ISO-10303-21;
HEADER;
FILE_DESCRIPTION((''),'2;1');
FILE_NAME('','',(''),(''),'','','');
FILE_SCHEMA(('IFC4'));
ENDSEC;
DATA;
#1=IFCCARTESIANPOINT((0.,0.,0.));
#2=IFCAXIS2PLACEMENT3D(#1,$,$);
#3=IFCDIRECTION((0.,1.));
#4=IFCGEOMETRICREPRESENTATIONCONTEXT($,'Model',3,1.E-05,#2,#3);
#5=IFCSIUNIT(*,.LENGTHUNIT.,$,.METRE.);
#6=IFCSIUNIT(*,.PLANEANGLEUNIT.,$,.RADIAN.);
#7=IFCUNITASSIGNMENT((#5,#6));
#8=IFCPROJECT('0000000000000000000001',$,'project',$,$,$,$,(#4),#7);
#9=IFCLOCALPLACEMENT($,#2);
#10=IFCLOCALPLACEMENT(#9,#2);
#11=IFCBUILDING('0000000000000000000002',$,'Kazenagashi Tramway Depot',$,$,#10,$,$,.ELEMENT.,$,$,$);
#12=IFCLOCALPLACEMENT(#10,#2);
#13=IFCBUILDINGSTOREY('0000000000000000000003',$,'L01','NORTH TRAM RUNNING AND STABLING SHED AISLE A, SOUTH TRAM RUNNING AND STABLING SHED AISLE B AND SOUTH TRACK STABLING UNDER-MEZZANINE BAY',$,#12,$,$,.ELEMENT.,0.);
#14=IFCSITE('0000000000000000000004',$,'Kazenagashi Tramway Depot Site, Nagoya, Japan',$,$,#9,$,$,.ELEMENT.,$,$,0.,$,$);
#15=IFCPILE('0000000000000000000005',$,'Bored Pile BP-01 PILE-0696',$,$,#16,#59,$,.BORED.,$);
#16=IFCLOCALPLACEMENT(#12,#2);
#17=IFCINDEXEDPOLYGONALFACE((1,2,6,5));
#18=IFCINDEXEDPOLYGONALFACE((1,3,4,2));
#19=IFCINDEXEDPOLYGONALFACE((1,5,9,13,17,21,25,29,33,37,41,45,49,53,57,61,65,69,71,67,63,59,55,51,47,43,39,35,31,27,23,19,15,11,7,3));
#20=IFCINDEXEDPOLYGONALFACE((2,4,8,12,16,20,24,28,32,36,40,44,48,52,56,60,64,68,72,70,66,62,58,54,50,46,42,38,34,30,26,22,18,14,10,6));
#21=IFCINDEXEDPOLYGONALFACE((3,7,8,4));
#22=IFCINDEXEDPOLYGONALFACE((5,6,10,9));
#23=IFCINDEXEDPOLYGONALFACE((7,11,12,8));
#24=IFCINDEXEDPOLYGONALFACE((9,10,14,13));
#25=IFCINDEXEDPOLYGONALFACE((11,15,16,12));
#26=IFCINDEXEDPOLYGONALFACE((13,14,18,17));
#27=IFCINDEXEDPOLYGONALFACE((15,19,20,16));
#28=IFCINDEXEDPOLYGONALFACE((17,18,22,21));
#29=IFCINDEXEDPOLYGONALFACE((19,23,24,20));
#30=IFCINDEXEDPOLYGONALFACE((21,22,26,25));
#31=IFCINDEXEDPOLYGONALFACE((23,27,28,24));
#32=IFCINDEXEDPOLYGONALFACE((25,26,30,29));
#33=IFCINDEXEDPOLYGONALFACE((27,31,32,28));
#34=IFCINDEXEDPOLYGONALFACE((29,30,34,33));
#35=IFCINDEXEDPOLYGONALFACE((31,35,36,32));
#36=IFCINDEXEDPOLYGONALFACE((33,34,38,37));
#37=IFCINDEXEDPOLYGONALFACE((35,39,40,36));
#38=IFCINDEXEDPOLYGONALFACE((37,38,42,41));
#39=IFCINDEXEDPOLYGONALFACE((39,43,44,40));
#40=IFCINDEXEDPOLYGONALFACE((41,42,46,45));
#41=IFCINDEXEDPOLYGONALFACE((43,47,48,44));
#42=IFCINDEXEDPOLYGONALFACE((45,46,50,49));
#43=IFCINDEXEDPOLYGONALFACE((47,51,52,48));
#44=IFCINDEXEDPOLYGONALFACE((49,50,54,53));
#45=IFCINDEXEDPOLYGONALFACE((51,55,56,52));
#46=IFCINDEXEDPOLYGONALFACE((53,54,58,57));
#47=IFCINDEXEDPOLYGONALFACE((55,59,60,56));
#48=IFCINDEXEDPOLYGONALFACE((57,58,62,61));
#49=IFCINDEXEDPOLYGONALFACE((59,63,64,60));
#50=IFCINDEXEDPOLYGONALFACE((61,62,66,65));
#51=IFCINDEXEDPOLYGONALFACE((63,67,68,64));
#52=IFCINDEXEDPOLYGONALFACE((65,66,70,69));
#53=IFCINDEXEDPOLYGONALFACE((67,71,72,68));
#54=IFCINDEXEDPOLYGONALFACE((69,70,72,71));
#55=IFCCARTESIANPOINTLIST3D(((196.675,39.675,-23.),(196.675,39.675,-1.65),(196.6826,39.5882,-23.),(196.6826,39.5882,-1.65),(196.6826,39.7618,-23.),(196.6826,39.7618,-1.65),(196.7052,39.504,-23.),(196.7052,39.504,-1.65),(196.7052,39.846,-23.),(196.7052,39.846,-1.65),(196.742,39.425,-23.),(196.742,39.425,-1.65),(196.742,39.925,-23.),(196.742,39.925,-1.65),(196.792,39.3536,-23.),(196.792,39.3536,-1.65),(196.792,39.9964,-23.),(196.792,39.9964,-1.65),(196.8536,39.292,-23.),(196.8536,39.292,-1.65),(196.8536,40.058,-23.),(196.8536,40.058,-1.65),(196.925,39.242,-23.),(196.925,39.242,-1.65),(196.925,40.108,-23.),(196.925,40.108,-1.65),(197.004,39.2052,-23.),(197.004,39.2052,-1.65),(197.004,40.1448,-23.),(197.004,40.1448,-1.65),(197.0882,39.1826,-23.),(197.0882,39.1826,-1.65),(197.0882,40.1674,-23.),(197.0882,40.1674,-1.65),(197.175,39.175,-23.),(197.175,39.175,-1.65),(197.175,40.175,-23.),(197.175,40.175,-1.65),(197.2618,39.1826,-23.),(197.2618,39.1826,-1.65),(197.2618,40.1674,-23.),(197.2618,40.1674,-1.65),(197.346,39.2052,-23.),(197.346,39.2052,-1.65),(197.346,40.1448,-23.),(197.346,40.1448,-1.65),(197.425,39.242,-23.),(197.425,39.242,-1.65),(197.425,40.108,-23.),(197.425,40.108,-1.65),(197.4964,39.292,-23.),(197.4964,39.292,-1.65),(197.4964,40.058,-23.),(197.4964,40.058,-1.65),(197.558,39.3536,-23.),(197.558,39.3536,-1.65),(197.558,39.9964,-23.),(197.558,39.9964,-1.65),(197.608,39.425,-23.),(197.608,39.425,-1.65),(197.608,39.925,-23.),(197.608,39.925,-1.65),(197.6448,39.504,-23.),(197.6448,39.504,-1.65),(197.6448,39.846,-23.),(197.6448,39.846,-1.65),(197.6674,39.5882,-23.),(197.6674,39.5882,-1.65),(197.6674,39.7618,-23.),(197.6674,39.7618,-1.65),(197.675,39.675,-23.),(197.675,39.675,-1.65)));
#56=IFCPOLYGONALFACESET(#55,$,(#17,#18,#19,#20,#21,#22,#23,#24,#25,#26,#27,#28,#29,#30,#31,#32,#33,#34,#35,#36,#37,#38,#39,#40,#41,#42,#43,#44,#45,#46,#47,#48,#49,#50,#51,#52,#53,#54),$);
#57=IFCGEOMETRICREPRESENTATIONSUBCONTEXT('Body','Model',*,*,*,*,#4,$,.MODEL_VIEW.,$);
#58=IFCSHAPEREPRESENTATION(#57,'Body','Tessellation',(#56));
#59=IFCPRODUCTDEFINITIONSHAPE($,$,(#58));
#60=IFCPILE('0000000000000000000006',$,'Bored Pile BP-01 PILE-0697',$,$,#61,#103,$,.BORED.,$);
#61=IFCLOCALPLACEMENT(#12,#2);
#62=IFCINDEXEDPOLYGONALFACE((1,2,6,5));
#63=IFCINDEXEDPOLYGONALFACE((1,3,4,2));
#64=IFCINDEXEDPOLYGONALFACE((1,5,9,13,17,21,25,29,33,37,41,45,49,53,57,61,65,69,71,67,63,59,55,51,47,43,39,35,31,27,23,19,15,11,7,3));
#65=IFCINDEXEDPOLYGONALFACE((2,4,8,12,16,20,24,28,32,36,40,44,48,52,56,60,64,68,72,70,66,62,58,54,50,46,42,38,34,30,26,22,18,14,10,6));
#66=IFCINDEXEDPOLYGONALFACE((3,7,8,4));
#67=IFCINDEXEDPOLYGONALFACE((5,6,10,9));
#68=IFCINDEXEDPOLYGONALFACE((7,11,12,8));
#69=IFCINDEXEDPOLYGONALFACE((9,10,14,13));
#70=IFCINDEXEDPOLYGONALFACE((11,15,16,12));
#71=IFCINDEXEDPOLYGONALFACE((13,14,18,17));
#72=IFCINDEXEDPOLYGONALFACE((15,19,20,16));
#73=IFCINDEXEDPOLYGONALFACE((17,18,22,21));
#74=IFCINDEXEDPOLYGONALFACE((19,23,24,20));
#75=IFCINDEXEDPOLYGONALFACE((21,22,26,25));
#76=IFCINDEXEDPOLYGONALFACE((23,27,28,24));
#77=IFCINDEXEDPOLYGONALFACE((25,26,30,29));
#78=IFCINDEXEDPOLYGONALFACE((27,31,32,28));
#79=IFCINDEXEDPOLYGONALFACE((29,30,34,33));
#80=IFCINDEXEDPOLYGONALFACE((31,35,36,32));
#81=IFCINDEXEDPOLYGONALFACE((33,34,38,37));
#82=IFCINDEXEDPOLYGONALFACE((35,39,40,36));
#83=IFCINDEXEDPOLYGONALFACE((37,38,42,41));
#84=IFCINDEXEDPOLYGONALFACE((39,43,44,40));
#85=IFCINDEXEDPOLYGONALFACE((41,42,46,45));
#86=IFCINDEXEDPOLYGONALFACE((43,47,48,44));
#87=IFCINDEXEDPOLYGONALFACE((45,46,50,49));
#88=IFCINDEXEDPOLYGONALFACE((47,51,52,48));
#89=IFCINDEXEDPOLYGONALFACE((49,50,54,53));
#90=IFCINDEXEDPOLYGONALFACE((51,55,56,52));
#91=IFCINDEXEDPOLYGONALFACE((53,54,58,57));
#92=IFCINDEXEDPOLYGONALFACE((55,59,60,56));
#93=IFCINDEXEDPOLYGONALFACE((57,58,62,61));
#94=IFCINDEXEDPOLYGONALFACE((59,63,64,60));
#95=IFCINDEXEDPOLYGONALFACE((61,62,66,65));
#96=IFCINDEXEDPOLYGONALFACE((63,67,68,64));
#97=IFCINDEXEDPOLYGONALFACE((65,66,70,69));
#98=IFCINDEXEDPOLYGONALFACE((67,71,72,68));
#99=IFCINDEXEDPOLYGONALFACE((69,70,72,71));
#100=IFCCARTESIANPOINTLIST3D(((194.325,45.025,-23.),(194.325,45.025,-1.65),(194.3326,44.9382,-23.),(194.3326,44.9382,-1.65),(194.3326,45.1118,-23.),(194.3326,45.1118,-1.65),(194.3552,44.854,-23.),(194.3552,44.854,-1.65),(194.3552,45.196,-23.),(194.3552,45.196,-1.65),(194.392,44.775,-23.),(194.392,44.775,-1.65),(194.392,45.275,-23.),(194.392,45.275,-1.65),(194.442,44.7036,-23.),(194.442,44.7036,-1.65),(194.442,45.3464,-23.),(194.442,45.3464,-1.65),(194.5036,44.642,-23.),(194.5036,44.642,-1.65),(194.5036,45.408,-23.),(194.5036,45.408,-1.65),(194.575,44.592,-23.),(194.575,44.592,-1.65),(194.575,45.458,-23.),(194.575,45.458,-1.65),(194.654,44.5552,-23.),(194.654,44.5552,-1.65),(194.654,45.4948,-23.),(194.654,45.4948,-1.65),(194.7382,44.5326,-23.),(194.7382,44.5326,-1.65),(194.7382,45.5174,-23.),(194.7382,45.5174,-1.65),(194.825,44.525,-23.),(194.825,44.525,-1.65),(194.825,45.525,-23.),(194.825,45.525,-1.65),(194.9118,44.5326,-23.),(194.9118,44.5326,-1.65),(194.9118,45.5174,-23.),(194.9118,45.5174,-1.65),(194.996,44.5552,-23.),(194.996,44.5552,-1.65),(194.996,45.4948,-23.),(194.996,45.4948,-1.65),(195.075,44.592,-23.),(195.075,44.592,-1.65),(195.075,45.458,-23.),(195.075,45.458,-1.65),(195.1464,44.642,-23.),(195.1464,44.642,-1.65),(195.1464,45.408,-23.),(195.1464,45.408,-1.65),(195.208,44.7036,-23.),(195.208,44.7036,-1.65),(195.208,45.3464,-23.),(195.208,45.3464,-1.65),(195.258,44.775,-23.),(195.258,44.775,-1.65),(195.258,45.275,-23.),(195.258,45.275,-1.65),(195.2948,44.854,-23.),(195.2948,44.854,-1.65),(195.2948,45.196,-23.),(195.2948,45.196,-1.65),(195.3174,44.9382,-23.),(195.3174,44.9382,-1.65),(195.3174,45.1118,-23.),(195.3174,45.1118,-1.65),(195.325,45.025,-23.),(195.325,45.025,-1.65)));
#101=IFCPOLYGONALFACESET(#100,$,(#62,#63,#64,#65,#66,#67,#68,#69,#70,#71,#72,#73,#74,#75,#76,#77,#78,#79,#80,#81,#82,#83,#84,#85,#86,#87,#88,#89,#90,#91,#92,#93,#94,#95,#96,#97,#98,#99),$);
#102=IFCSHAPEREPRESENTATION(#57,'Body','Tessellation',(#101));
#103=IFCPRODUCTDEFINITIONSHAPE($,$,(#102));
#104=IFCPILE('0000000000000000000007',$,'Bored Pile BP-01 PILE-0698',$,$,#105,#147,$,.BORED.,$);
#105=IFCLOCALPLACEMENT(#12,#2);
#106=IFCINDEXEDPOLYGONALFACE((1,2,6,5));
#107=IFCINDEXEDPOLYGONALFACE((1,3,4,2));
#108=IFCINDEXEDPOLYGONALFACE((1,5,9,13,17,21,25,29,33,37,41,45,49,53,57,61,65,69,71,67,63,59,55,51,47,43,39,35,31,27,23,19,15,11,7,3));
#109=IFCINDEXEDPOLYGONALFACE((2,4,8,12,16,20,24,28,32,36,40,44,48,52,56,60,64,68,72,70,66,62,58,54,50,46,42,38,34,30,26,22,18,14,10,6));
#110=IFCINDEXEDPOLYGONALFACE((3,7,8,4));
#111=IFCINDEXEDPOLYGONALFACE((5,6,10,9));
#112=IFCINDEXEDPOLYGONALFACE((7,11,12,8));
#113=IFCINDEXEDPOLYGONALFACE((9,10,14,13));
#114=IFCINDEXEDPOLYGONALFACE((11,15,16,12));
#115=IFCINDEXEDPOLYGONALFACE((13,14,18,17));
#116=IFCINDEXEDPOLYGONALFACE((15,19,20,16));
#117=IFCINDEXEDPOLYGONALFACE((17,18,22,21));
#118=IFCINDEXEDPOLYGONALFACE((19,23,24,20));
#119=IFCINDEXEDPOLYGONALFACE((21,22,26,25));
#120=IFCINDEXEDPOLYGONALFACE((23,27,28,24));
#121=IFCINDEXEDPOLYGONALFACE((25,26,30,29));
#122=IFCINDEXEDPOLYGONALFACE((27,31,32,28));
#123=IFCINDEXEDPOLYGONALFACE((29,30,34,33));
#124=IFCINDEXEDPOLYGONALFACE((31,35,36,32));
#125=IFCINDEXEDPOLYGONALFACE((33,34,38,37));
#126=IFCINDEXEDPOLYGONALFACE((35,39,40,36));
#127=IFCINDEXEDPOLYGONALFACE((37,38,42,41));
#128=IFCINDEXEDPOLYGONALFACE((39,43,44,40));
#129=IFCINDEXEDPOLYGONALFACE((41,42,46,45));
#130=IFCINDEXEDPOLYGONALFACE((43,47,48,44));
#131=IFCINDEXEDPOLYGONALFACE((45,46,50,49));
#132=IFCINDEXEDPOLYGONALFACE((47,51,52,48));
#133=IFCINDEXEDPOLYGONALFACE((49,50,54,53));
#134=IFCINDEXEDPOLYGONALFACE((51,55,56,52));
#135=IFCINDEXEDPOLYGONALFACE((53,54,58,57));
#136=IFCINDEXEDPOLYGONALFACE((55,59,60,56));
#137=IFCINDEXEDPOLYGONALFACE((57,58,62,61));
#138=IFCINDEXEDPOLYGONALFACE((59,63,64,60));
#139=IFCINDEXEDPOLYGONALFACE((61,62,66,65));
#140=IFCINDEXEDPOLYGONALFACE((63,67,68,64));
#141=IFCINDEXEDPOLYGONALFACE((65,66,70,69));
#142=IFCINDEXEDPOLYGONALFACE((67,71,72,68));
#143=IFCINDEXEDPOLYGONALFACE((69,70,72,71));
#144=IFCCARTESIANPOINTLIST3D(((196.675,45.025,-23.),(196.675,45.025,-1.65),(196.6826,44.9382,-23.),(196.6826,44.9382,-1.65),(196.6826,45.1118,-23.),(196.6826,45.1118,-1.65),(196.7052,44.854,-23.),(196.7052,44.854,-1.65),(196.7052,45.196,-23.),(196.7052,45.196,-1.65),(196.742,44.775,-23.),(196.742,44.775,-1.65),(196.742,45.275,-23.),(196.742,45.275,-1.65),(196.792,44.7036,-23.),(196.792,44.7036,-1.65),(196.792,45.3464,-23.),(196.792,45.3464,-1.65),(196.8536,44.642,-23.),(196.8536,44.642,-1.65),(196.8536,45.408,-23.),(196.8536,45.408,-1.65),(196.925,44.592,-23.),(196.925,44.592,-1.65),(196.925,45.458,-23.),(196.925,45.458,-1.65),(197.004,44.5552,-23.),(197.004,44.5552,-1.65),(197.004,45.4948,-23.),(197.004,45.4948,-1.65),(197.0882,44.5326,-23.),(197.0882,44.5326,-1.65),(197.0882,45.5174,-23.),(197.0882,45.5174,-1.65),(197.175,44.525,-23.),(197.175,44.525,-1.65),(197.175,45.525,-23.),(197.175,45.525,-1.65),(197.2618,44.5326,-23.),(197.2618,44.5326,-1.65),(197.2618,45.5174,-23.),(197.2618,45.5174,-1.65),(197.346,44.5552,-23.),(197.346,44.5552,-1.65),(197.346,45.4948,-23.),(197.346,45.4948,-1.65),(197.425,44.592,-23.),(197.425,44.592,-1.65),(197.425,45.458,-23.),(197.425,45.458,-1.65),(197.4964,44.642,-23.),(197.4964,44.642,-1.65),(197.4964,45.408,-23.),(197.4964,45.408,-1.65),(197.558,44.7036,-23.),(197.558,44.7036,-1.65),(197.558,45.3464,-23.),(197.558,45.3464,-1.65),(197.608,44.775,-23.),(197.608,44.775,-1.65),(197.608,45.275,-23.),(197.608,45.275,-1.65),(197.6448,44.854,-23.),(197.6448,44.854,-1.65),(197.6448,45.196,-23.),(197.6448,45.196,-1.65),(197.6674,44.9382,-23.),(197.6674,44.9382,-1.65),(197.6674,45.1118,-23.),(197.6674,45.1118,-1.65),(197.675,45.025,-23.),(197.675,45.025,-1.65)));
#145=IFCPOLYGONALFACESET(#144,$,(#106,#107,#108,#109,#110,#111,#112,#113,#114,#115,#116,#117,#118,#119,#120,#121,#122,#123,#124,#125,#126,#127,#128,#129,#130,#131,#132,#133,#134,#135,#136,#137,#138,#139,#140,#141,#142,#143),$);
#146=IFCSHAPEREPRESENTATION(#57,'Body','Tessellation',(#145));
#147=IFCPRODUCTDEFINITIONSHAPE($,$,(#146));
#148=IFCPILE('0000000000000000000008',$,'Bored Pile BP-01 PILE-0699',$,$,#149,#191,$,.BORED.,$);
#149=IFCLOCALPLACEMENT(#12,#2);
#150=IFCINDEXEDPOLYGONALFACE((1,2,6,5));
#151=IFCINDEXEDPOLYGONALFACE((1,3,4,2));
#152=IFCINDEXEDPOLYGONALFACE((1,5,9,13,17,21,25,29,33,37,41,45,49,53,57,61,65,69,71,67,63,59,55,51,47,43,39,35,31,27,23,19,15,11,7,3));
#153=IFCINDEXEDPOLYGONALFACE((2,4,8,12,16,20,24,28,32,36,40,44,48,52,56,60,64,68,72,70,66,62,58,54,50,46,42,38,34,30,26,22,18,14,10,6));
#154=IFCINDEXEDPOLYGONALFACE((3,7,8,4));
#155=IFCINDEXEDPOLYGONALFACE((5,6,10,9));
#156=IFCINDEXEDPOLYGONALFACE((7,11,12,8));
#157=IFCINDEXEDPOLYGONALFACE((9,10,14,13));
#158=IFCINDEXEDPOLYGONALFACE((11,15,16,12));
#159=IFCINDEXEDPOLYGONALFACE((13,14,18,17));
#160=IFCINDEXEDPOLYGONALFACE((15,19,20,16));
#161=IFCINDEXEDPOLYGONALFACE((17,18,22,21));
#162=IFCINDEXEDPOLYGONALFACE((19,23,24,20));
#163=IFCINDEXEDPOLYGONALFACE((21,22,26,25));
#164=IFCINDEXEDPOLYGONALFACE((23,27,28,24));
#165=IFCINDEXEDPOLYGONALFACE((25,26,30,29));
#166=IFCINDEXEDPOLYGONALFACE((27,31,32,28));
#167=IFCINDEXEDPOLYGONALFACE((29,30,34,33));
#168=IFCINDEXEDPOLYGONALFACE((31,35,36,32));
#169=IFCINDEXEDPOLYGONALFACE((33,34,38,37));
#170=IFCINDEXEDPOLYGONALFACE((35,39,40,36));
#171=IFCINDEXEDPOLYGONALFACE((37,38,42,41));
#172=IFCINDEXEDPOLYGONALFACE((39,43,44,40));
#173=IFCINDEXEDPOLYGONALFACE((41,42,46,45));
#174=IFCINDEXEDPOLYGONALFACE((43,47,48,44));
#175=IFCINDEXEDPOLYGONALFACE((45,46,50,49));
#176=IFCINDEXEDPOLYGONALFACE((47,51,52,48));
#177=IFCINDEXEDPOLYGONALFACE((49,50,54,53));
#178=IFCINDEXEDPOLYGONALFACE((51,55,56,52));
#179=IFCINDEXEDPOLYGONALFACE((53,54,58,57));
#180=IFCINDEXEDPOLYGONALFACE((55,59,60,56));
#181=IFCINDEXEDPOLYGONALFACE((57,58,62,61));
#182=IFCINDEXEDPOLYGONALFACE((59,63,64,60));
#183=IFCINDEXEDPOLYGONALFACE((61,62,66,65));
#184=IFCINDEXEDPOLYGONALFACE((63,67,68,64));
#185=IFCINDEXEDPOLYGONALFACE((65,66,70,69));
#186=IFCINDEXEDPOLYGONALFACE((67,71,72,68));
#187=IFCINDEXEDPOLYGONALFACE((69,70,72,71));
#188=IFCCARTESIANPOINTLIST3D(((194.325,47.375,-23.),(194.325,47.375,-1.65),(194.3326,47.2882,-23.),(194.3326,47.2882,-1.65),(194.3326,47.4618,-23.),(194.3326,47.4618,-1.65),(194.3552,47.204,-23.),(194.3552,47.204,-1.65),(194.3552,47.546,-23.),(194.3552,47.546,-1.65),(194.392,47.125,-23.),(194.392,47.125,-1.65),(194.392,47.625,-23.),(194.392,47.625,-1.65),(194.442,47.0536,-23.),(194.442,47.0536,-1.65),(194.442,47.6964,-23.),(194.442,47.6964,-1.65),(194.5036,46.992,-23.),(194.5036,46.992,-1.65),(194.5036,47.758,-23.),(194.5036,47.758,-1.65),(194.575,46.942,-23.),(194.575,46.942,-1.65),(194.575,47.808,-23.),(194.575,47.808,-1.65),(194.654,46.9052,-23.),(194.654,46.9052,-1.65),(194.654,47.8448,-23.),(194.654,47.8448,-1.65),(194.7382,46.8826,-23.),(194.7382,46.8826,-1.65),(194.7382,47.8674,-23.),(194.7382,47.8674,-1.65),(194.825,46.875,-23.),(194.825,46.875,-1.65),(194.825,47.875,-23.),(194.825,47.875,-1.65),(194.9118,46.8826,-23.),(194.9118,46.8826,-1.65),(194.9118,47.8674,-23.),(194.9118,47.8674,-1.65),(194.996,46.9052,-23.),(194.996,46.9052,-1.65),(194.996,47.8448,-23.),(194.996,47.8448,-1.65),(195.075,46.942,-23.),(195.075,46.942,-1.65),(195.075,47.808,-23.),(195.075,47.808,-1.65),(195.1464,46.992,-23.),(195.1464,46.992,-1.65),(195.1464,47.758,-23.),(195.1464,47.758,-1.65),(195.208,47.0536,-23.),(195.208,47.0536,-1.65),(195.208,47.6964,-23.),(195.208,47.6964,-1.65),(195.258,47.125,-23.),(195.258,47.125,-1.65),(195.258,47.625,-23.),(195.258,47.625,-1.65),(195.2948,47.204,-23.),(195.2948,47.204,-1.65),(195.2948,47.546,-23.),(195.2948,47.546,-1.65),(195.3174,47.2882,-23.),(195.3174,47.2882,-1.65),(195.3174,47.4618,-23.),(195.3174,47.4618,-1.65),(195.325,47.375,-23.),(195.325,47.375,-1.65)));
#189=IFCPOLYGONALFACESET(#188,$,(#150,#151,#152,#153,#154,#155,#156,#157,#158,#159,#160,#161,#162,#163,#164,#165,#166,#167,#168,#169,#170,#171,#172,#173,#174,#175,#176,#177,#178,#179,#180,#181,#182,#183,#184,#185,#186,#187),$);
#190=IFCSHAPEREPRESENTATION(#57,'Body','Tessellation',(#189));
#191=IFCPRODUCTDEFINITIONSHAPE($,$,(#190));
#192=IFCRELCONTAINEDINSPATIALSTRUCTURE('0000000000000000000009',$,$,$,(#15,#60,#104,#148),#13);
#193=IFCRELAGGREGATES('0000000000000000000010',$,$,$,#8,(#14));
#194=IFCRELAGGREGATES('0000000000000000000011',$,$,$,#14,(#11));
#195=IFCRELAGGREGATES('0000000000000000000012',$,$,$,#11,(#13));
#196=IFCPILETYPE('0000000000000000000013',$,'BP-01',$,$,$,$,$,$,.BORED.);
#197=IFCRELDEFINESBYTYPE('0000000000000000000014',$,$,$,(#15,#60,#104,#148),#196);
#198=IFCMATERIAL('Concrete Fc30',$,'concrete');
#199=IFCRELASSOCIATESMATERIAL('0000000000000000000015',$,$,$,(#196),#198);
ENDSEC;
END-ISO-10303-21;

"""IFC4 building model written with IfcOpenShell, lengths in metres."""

from ifc_helpers import new_model, si_unit, direction, frame, origin, origin_2d, place, context, subcontext, project, spatial, circle, extrude, material, material_profile, profile_set, type_object, element, save


model = new_model("IFC4")

# Units and contexts
model_context = context("Model", 3, precision=1e-05, world=origin(), true_north=direction((0.0, 1.0)))
body_context = subcontext(model_context, "Body", "Model", "MODEL_VIEW")
ifc_project = project(units=[si_unit("LENGTHUNIT", "METRE"), si_unit("PLANEANGLEUNIT", "RADIAN")], contexts=[model_context])

# Site, building, storey
site_placement = place(None, origin())
site = spatial("IfcSite", under=ifc_project, at=site_placement, Name="Kazenagashi Tramway Depot Site, Nagoya, Japan", CompositionType="ELEMENT", RefElevation=0.0)
building_placement = place(site_placement, origin())
building = spatial("IfcBuilding", under=site, at=building_placement, Name="Kazenagashi Tramway Depot", CompositionType="ELEMENT")
storey_placement = place(building_placement, origin())
storey = spatial("IfcBuildingStorey", under=building, at=storey_placement, Name="L01", Description="NORTH TRAM RUNNING AND STABLING SHED AISLE A, SOUTH TRAM RUNNING AND STABLING SHED AISLE B AND SOUTH TRACK STABLING UNDER-MEZZANINE BAY", CompositionType="ELEMENT", Elevation=0.0)

# Piles
ifc_material_1 = material(Name="Concrete Fc30", Category="concrete")
ifc_material_profile_1 = material_profile(ifc_material_1, circle(Radius=0.5, at=origin_2d()), Name="PILE-1000")
ifc_profile_set_1 = profile_set([ifc_material_profile_1], Name="Concrete Fc30")
pile_type = type_object("IfcPileType", Name="BP-01", PredefinedType="BORED", material=ifc_profile_set_1)
for number, where, z_axis, x_axis, name in (
    (1, (197.175, 39.675, -1.65), (0.0, 0.0, -1.0), (1.0, 0.0, 0.0), "Bored Pile BP-01 PILE-0696"),
    (2, (194.825, 45.025, -1.65), (0.0, 0.0, -1.0), (1.0, 0.0, 0.0), "Bored Pile BP-01 PILE-0697"),
    (3, (197.175, 45.025, -1.65), (0.0, 0.0, -1.0), (1.0, 0.0, 0.0), "Bored Pile BP-01 PILE-0698"),
    (4, (194.825, 47.375, -1.65), (0.0, 0.0, -1.0), (1.0, 0.0, 0.0), "Bored Pile BP-01 PILE-0699"),
):
    element("IfcPile", number, at=place(storey_placement, frame(where, z_axis=z_axis, x_axis=x_axis)), inside=storey, type_object=pile_type, Name=name, PredefinedType="BORED", context=body_context, shape_type="SweptSolid", body=[
        extrude(circle(Radius=0.5, at=origin_2d()), origin(), (0.0, 0.0, 1.0), 21.35),
    ])

save(model, "model.ifc")
